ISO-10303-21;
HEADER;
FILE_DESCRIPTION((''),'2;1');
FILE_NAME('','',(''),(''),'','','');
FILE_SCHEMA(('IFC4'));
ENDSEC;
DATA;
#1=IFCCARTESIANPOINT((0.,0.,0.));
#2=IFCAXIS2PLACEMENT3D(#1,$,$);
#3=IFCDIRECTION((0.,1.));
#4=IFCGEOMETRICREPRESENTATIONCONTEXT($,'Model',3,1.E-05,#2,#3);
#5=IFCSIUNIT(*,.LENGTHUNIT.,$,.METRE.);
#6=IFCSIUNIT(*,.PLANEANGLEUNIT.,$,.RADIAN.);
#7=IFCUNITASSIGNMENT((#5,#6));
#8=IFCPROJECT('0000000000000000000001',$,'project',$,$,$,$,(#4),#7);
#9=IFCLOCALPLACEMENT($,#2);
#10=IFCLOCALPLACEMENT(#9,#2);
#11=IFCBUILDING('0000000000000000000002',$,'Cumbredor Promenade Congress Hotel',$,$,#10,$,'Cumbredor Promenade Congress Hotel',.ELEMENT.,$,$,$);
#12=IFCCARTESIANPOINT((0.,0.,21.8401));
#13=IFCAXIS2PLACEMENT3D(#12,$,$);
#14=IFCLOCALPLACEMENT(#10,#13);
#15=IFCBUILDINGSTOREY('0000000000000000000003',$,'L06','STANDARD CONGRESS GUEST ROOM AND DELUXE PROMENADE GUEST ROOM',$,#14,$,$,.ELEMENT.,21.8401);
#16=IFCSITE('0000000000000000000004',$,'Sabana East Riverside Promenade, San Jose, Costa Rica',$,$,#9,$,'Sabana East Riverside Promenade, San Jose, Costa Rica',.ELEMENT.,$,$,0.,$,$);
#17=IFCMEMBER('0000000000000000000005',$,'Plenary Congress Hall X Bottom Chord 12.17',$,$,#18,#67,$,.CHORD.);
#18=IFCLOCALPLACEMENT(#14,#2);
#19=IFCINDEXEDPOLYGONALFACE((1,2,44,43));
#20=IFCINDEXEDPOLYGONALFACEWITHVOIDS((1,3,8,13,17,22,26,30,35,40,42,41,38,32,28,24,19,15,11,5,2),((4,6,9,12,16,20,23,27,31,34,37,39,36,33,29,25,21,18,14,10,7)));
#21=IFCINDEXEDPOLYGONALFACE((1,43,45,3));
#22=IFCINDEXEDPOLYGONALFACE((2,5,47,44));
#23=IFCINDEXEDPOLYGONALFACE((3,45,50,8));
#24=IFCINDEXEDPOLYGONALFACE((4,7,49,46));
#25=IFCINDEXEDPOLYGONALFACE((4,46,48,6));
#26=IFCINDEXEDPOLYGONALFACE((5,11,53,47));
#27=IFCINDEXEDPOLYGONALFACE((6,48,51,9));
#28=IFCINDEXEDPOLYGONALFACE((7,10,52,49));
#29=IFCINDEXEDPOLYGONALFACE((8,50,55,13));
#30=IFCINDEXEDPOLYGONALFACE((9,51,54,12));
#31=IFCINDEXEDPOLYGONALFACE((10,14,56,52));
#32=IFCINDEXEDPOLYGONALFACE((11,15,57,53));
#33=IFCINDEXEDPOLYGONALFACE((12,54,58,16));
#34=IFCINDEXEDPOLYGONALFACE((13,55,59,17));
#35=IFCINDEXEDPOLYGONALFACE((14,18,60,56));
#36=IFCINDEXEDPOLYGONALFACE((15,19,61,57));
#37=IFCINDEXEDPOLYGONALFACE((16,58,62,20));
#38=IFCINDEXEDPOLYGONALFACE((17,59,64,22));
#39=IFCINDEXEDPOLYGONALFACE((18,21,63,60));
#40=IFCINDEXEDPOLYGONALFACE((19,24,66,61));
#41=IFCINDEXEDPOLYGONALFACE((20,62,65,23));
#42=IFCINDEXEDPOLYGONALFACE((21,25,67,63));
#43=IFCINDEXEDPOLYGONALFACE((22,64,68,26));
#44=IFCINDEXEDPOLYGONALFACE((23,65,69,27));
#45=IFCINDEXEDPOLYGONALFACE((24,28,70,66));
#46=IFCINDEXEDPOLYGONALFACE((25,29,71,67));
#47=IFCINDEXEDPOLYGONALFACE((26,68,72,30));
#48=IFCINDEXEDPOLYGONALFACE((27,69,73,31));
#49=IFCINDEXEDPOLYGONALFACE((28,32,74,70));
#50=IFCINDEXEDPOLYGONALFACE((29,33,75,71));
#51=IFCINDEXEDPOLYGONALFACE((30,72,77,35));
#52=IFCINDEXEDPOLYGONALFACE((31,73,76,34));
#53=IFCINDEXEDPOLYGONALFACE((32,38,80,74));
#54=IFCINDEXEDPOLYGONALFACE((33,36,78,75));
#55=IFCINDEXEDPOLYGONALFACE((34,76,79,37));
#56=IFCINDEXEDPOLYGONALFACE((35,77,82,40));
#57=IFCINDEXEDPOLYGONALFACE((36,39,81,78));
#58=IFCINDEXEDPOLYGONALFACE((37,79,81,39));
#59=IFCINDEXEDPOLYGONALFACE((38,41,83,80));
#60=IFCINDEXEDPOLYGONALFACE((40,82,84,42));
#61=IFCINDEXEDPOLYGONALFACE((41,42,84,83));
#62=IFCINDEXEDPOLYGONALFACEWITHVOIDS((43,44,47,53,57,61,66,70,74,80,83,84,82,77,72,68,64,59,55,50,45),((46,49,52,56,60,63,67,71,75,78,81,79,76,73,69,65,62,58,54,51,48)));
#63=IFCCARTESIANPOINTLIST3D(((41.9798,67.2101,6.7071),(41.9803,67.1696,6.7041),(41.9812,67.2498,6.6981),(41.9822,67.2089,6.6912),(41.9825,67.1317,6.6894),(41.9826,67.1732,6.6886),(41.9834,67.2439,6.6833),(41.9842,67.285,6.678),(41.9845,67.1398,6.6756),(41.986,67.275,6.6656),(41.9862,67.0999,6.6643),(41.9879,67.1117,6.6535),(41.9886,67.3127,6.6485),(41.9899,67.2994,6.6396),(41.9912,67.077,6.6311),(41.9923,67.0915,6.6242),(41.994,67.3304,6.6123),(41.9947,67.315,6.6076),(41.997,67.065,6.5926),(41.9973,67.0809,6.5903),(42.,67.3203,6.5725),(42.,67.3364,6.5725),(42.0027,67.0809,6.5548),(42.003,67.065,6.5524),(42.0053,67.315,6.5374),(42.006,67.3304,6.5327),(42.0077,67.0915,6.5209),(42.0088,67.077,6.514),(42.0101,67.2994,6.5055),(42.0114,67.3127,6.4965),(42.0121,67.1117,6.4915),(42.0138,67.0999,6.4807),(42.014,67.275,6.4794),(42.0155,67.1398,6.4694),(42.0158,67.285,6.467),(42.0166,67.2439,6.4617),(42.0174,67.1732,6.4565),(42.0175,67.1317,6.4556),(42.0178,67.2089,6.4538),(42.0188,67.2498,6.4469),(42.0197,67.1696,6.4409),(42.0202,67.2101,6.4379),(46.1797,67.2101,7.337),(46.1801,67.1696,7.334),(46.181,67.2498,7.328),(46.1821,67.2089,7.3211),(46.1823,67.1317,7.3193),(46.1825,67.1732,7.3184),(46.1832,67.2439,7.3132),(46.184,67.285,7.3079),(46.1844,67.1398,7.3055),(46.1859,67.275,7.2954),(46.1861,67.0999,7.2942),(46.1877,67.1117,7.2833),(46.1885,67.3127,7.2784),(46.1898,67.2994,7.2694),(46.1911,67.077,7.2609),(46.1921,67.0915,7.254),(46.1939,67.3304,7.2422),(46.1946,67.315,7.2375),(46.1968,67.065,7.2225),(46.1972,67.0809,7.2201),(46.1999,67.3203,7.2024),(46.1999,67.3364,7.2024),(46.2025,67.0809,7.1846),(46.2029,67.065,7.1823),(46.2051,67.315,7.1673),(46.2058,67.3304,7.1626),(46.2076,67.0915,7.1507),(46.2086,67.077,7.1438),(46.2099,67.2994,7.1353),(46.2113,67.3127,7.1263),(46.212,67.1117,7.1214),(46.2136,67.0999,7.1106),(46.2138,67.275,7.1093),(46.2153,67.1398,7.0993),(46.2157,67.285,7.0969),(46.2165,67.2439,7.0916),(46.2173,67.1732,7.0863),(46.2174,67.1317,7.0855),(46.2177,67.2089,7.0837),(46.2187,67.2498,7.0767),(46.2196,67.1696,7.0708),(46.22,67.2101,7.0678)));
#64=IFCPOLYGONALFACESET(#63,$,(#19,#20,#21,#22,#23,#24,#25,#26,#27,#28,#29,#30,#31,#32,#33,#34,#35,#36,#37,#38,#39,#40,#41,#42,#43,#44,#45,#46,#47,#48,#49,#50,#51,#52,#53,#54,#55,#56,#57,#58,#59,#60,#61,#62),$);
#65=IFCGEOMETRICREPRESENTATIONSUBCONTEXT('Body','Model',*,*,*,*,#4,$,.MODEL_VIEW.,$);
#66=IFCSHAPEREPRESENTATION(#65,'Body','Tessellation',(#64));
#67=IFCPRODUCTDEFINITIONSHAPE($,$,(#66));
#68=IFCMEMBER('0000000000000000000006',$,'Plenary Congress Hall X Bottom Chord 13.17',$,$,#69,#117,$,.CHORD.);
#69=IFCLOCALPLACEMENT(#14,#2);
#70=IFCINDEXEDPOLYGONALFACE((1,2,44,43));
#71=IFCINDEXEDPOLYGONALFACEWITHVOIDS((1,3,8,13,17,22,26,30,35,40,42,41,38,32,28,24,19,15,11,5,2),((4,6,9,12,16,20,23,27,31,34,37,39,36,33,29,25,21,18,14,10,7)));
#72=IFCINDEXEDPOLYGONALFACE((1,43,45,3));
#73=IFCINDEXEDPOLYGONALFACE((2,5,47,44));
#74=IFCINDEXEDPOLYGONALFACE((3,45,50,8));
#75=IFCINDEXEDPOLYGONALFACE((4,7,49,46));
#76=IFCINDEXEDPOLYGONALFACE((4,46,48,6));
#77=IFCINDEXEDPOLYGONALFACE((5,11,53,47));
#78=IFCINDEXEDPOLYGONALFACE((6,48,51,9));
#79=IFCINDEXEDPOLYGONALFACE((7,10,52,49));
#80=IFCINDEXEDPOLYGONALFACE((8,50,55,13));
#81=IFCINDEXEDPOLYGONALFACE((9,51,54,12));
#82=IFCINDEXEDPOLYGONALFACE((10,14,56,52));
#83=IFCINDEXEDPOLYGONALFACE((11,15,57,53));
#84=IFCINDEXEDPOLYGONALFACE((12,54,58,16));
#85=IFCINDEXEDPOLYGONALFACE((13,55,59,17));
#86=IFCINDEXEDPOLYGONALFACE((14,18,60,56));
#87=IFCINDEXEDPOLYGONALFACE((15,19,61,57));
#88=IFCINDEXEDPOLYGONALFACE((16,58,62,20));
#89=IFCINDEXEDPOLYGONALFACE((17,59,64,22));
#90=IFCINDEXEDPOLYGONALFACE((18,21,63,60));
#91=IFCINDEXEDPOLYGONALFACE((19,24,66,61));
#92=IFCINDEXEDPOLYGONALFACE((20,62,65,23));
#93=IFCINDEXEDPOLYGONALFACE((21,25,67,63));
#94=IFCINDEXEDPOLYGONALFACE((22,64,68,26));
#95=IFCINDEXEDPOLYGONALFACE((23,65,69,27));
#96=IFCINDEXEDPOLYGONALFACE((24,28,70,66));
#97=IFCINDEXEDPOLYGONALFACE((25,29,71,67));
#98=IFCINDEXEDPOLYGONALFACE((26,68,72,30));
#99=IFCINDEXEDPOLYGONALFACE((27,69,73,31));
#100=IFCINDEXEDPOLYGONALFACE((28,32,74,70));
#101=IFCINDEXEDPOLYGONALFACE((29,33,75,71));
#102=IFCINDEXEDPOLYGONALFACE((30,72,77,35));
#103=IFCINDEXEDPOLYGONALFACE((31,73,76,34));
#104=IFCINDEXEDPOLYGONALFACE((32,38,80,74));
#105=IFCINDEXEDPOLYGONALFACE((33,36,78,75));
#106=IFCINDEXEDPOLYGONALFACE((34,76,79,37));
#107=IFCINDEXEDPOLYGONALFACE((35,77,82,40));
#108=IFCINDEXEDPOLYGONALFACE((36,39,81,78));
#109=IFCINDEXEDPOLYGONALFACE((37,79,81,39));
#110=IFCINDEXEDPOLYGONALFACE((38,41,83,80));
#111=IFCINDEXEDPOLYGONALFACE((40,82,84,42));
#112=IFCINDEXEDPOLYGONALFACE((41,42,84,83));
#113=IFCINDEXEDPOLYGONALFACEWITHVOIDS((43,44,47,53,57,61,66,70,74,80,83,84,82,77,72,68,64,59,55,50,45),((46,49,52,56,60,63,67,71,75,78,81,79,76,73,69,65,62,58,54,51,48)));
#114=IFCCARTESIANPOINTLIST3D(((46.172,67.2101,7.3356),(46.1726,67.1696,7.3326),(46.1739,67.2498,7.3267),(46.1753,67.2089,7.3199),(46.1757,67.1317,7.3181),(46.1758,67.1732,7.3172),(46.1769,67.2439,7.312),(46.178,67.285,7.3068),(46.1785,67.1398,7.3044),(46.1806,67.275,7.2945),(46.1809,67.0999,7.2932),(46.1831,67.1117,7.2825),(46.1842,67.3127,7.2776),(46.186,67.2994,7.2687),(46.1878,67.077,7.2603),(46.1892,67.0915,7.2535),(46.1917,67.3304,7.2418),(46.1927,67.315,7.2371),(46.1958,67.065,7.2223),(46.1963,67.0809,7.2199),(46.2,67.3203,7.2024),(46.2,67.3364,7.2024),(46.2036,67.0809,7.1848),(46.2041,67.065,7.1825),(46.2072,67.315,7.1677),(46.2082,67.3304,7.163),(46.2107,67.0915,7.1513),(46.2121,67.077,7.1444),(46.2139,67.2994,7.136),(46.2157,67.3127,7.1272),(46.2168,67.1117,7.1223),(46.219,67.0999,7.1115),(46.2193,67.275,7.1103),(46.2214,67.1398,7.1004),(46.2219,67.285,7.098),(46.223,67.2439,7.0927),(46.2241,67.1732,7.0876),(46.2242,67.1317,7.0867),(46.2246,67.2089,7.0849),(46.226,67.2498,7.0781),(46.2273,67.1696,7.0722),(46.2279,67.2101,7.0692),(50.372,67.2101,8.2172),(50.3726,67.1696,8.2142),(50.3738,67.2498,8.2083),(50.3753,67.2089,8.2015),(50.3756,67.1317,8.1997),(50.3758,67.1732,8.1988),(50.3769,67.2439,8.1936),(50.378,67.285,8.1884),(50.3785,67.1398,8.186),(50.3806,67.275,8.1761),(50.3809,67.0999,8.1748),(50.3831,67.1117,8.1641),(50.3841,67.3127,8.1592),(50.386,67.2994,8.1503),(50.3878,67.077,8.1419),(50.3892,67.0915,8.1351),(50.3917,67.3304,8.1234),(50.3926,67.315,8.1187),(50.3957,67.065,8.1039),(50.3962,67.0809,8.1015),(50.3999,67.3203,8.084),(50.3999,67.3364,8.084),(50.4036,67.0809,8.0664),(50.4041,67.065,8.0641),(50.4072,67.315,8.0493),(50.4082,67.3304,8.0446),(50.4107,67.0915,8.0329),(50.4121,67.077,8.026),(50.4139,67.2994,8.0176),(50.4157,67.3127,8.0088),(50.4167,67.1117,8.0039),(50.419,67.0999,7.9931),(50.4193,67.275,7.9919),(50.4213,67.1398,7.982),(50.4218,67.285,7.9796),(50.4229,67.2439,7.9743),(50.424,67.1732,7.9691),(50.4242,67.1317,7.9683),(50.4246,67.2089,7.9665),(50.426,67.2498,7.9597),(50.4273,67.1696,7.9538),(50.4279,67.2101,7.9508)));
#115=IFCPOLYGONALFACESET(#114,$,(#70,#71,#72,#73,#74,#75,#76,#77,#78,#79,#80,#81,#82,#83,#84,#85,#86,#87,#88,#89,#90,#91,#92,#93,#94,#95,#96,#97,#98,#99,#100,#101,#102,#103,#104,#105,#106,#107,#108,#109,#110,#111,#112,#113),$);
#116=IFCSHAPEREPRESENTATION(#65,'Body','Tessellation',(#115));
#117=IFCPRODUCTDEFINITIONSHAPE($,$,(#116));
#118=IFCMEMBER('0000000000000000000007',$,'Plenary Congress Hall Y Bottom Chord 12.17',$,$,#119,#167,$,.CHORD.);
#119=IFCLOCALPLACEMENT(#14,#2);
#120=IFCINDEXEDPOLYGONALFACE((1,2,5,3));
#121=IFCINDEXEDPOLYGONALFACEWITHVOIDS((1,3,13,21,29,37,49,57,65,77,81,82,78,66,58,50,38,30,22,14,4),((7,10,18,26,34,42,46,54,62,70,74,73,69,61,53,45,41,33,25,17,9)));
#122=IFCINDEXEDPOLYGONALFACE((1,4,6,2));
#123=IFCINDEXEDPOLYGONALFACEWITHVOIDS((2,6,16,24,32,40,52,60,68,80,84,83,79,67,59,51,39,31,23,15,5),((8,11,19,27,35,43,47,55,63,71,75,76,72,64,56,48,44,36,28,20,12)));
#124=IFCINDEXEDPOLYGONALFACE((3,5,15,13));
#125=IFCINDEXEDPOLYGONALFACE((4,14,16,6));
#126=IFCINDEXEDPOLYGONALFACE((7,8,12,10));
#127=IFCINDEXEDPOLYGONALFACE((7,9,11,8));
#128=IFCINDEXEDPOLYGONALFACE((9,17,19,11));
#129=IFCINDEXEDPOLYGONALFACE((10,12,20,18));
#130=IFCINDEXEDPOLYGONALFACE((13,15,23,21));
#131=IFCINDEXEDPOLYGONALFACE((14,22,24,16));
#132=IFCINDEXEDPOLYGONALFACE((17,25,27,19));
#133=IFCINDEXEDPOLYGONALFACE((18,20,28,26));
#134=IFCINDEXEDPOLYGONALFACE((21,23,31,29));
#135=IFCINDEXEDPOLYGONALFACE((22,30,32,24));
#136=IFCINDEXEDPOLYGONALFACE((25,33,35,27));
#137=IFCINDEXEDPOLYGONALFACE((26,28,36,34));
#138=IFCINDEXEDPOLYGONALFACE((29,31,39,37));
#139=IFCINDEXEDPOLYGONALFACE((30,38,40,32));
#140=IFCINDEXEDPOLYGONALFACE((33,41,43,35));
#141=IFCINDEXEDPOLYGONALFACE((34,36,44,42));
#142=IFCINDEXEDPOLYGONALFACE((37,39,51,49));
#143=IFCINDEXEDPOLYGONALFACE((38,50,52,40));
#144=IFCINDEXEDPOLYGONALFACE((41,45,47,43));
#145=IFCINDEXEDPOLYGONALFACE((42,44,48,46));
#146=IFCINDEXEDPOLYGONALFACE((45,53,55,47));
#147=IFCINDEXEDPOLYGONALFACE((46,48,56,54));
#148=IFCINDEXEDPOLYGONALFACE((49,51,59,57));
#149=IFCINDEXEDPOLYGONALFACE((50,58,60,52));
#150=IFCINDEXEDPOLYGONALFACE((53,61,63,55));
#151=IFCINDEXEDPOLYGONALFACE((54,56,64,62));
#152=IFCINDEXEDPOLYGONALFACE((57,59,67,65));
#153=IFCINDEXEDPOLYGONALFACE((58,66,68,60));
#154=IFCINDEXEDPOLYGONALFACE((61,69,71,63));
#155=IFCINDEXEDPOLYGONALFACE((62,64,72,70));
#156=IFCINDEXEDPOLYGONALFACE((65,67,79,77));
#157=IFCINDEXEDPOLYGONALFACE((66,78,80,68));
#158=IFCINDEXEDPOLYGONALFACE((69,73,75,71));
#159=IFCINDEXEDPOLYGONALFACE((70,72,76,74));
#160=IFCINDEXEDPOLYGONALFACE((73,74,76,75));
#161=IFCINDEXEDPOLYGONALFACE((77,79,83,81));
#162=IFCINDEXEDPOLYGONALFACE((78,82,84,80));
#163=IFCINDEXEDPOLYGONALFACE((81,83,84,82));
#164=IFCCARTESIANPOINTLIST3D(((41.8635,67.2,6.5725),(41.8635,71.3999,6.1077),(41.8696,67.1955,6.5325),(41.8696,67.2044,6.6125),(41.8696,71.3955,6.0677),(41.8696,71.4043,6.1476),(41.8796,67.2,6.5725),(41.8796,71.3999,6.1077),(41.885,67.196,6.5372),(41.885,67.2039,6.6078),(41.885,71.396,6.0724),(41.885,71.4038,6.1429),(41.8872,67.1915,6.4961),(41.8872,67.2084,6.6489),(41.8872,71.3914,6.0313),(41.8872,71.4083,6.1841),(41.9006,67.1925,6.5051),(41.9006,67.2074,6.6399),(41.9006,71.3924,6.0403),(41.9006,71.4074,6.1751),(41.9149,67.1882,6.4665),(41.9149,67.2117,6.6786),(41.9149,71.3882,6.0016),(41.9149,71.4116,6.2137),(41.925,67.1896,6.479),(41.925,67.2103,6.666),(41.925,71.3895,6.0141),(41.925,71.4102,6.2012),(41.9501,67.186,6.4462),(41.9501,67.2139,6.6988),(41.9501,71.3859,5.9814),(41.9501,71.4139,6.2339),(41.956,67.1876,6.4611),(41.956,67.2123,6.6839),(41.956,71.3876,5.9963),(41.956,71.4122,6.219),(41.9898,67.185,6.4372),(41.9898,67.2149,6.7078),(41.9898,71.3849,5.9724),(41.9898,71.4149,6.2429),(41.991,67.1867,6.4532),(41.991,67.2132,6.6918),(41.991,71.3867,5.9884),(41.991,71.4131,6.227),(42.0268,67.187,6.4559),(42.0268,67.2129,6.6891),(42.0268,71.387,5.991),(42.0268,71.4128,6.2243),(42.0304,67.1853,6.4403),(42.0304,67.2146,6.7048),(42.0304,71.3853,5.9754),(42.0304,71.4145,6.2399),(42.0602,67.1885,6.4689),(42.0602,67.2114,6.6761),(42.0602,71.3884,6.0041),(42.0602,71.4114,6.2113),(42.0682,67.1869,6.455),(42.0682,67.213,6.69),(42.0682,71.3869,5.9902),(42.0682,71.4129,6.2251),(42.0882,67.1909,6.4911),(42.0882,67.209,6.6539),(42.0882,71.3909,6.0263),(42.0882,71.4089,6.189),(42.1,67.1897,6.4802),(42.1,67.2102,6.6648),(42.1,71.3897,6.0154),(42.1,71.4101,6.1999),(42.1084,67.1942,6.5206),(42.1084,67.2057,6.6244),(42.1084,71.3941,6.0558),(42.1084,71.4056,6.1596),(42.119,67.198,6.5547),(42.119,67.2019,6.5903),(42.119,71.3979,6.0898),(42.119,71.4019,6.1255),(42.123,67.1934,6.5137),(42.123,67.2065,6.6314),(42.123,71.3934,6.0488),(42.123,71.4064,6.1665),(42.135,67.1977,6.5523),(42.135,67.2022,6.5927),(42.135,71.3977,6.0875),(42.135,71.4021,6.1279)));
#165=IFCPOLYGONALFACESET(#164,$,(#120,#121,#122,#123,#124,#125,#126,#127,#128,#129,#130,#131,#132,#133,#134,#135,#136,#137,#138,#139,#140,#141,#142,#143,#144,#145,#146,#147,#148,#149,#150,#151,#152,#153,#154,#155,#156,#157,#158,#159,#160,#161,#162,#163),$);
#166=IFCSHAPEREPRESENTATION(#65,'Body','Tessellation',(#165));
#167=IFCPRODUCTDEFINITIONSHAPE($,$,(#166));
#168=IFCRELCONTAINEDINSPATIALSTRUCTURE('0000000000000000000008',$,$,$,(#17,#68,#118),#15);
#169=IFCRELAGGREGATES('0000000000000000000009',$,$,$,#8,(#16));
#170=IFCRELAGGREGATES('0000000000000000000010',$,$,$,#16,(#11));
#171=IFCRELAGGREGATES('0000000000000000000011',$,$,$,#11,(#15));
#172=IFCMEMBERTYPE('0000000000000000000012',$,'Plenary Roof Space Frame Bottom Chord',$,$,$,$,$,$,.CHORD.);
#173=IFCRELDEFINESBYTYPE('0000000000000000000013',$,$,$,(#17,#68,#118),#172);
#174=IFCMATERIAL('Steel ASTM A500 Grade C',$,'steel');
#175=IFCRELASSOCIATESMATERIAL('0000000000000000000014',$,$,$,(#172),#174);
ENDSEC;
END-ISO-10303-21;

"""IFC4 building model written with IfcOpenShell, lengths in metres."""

from ifc_helpers import new_model, si_unit, direction, frame, origin, origin_2d, place, context, subcontext, project, spatial, hollow_circle, extrude, material, material_profile, profile_set, type_object, element, save


model = new_model("IFC4")

# Units and contexts
model_context = context("Model", 3, precision=1e-05, world=origin(), true_north=direction((0.0, 1.0)))
body_context = subcontext(model_context, "Body", "Model", "MODEL_VIEW")
ifc_project = project(units=[si_unit("LENGTHUNIT", "METRE"), si_unit("PLANEANGLEUNIT", "RADIAN")], contexts=[model_context])

# Site, building, storey
site_placement = place(None, origin())
site = spatial("IfcSite", under=ifc_project, at=site_placement, Name="Sabana East Riverside Promenade, San Jose, Costa Rica", LongName="Sabana East Riverside Promenade, San Jose, Costa Rica", CompositionType="ELEMENT", RefElevation=0.0)
building_placement = place(site_placement, origin())
building = spatial("IfcBuilding", under=site, at=building_placement, Name="Cumbredor Promenade Congress Hotel", LongName="Cumbredor Promenade Congress Hotel", CompositionType="ELEMENT")
storey_placement = place(building_placement, frame((0.0, 0.0, 21.8401)))
storey = spatial("IfcBuildingStorey", under=building, at=storey_placement, Name="L06", Description="STANDARD CONGRESS GUEST ROOM AND DELUXE PROMENADE GUEST ROOM", CompositionType="ELEMENT", Elevation=21.8401)

# Members
ifc_material_1 = material(Name="Steel ASTM A500 Grade C", Category="steel")
ifc_material_profile_1 = material_profile(ifc_material_1, hollow_circle(Radius=0.1365, WallThickness=0.0161, at=origin_2d()), Name="CHS 273.0x16")
ifc_profile_set_1 = profile_set([ifc_material_profile_1], Name="Steel ASTM A500 Grade C")
member_type_1 = type_object("IfcMemberType", Name="Plenary Roof Space Frame Bottom Chord", PredefinedType="CHORD", material=ifc_profile_set_1)
member_1_placement = place(storey_placement, frame((42.0, 67.2, 6.5725), z_axis=(0.98894, 0.0, 0.148315), x_axis=(0.0, 1.0, 0.0)))
element("IfcMember", 1, at=member_1_placement, inside=storey, type_object=member_type_1, Name="Plenary Congress Hall X Bottom Chord 12.17", PredefinedType="CHORD", context=body_context, shape_type="SweptSolid", body=[
    extrude(hollow_circle(Radius=0.1365, WallThickness=0.0161, at=origin_2d()), origin(), (0.0, 0.0, 1.0), 4.2468),
])
member_2_placement = place(storey_placement, frame((46.2, 67.2, 7.2024), z_axis=(0.978672, 0.0, 0.205428), x_axis=(0.0, 1.0, 0.0)))
element("IfcMember", 2, at=member_2_placement, inside=storey, type_object=member_type_1, Name="Plenary Congress Hall X Bottom Chord 13.17", PredefinedType="CHORD", context=body_context, shape_type="SweptSolid", body=[
    extrude(hollow_circle(Radius=0.1365, WallThickness=0.0161, at=origin_2d()), origin(), (0.0, 0.0, 1.0), 4.2915),
])
member_3_placement = place(storey_placement, frame((42.0, 67.2, 6.5725), z_axis=(0.0, 0.993931, -0.110007), x_axis=(-1.0, 0.0, 0.0)))
element("IfcMember", 3, at=member_3_placement, inside=storey, type_object=member_type_1, Name="Plenary Congress Hall Y Bottom Chord 12.17", PredefinedType="CHORD", context=body_context, shape_type="SweptSolid", body=[
    extrude(hollow_circle(Radius=0.1365, WallThickness=0.0161, at=origin_2d()), origin(), (0.0, 0.0, 1.0), 4.2256),
])

save(model, "model.ifc")
